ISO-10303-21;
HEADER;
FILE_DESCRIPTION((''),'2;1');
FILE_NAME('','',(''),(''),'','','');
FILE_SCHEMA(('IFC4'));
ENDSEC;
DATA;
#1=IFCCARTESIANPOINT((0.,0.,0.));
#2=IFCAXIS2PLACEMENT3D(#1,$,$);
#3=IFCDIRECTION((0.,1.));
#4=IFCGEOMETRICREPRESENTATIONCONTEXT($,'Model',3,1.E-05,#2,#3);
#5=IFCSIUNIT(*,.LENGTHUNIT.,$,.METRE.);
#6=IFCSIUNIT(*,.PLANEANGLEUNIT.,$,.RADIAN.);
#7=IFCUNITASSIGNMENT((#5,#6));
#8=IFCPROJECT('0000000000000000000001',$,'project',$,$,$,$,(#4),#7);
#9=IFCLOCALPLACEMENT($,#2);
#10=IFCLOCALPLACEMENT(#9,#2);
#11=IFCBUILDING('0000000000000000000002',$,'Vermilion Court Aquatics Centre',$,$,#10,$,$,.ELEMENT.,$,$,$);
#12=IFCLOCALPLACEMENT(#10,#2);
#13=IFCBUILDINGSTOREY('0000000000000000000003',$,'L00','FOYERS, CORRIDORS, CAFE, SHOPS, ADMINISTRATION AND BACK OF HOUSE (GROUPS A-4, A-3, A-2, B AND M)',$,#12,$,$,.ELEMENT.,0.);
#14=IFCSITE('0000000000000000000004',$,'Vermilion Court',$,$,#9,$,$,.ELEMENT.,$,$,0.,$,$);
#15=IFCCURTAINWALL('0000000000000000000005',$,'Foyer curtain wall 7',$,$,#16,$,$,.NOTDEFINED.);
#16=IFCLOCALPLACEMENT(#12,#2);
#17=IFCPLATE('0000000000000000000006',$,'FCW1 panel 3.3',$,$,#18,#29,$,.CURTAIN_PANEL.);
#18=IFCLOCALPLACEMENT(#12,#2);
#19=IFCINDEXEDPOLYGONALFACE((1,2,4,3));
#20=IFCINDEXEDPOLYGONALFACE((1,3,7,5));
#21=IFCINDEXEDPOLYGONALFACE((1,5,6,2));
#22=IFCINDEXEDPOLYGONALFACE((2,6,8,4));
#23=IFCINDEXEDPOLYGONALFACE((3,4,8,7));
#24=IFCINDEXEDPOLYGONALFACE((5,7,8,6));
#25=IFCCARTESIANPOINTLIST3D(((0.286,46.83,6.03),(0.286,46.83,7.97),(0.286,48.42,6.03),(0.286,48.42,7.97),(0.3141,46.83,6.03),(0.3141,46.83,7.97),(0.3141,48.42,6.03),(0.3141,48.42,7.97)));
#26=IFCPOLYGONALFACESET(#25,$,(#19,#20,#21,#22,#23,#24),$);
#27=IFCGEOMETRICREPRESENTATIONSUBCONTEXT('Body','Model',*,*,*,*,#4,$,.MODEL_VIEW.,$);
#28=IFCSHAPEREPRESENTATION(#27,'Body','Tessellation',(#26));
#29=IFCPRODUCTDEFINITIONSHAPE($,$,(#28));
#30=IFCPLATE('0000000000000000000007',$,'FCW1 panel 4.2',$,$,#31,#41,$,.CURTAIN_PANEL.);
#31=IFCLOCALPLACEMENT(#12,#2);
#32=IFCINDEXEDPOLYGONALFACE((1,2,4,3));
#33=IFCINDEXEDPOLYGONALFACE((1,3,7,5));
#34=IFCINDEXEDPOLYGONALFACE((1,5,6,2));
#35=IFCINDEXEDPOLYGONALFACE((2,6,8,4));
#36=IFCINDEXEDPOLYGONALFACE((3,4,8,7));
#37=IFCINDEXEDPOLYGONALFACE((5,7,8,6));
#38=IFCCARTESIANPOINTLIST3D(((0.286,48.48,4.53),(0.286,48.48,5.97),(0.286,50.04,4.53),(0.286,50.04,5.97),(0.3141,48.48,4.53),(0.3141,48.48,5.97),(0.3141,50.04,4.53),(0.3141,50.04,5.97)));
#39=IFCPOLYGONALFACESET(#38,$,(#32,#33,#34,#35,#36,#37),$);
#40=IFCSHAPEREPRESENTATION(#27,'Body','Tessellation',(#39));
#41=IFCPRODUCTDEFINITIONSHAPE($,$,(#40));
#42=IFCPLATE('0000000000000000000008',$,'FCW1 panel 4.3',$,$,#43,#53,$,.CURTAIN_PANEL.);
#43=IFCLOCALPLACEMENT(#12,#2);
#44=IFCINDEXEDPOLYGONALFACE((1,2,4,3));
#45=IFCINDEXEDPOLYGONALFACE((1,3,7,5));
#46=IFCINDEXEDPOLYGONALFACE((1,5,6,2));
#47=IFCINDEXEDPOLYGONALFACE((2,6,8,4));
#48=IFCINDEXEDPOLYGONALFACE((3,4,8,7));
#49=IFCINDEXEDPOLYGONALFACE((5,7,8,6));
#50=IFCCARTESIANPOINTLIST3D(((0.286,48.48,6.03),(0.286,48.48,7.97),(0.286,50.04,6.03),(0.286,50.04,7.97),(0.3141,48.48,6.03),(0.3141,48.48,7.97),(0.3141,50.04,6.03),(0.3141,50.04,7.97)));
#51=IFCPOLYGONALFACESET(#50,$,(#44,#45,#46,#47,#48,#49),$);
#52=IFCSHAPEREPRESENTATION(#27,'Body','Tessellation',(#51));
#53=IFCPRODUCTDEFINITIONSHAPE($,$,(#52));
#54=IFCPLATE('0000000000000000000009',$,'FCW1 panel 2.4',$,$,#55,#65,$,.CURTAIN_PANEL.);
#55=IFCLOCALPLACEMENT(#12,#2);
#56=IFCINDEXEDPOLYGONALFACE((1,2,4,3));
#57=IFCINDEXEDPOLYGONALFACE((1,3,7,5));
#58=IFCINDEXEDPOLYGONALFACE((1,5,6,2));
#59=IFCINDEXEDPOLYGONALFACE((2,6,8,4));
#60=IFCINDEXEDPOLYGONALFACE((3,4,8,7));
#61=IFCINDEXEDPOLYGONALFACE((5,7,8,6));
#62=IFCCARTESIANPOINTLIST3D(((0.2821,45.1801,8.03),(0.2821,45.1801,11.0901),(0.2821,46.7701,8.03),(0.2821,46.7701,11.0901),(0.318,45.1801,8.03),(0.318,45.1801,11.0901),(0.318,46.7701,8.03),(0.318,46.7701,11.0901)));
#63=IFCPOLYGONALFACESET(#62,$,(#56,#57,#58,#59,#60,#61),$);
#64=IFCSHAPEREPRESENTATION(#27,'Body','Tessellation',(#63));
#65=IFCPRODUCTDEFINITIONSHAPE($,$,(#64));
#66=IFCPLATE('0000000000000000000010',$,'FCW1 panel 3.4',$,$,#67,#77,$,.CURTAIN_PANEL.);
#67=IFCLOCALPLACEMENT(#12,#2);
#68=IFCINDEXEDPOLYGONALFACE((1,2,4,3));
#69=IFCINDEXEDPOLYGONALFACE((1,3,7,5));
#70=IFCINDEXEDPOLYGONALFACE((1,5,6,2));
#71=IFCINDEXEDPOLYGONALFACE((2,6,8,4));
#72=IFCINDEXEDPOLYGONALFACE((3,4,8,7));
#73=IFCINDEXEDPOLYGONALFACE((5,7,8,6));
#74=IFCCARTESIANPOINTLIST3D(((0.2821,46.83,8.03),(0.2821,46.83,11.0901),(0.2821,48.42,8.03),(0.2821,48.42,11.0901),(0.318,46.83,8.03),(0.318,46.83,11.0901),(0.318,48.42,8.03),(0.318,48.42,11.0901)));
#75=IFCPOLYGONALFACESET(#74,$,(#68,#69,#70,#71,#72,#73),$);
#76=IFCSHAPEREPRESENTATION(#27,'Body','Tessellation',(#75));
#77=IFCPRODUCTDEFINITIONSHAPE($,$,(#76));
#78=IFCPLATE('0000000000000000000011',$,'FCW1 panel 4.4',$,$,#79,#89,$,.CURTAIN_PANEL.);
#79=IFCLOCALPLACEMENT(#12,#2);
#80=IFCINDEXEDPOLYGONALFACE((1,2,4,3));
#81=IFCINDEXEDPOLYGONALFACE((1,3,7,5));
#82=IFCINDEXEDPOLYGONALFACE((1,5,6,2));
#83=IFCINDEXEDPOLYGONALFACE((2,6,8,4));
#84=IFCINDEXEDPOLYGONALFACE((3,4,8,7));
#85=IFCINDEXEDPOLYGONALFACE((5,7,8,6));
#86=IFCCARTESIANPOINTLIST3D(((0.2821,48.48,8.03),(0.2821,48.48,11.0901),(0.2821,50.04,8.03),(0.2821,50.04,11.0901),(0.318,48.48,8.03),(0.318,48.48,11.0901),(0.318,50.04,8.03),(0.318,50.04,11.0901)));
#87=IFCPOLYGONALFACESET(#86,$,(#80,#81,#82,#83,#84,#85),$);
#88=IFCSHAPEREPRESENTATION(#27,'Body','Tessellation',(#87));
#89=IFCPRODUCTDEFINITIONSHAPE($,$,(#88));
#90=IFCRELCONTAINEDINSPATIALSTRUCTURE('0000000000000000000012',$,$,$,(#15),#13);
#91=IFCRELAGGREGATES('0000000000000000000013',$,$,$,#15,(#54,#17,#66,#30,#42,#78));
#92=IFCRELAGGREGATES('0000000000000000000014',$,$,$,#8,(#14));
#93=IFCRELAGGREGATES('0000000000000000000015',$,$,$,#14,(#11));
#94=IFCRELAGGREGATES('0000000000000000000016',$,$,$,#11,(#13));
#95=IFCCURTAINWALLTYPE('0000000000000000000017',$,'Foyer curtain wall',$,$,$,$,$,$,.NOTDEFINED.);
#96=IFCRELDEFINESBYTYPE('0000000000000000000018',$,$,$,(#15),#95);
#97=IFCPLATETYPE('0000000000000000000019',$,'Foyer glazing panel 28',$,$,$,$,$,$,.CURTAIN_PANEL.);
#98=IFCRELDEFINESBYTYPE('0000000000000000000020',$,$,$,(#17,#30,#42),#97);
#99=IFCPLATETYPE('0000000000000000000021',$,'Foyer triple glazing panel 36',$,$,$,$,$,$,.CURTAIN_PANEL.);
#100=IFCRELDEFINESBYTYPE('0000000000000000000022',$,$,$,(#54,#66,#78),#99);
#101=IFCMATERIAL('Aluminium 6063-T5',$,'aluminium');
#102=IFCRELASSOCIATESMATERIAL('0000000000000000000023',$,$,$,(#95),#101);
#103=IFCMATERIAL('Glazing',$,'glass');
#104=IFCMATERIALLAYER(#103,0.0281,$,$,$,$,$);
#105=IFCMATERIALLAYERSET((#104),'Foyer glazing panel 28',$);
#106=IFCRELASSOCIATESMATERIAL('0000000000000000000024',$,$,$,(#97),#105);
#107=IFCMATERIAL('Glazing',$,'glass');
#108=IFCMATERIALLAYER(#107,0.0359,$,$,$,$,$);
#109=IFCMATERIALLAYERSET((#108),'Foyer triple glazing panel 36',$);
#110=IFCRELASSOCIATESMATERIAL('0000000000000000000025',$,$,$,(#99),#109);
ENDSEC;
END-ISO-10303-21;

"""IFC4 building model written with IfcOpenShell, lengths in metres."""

from ifc_helpers import new_model, si_unit, direction, frame, origin, origin_2d, place, context, subcontext, project, spatial, rectangle, extrude, material, layer, layer_set, type_object, element, aggregate, save


model = new_model("IFC4")

# Units and contexts
model_context = context("Model", 3, precision=1e-05, world=origin(), true_north=direction((0.0, 1.0)))
body_context = subcontext(model_context, "Body", "Model", "MODEL_VIEW")
ifc_project = project(units=[si_unit("LENGTHUNIT", "METRE"), si_unit("PLANEANGLEUNIT", "RADIAN")], contexts=[model_context])

# Site, building, storey
site_placement = place(None, origin())
site = spatial("IfcSite", under=ifc_project, at=site_placement, Name="Vermilion Court", CompositionType="ELEMENT", RefElevation=0.0)
building_placement = place(site_placement, origin())
building = spatial("IfcBuilding", under=site, at=building_placement, Name="Vermilion Court Aquatics Centre", CompositionType="ELEMENT")
storey_placement = place(building_placement, origin())
storey = spatial("IfcBuildingStorey", under=building, at=storey_placement, Name="L00", Description="FOYERS, CORRIDORS, CAFE, SHOPS, ADMINISTRATION AND BACK OF HOUSE (GROUPS A-4, A-3, A-2, B AND M)", CompositionType="ELEMENT", Elevation=0.0)

# Curtain wall, plates
ifc_material_1 = material(Name="Aluminium 6063-T5", Category="aluminium")
curtain_wall_type = type_object("IfcCurtainWallType", Name="Foyer curtain wall", PredefinedType="NOTDEFINED", material=ifc_material_1)
curtain_wall_placement = place(storey_placement, origin())
curtain_wall = element("IfcCurtainWall", 1, at=curtain_wall_placement, inside=storey, type_object=curtain_wall_type, Name="Foyer curtain wall 7", PredefinedType="NOTDEFINED")
ifc_material_2 = material(Name="Glazing", Category="glass")
ifc_layer_1 = layer(ifc_material_2, 0.0281)
ifc_layer_set_1 = layer_set([ifc_layer_1], Name="Foyer glazing panel 28")
plate_type_1 = type_object("IfcPlateType", Name="Foyer glazing panel 28", PredefinedType="CURTAIN_PANEL", material=ifc_layer_set_1)
plate_1_placement = place(storey_placement, frame((0.3, 47.625, 6.03), z_axis=(0.0, 0.0, 1.0), x_axis=(0.0, 1.0, 0.0)))
plate_1 = element("IfcPlate", 2, at=plate_1_placement, type_object=plate_type_1, Name="FCW1 panel 3.3", PredefinedType="CURTAIN_PANEL", context=body_context, shape_type="SweptSolid", body=[
    extrude(rectangle(XDim=1.5901, YDim=0.0281, at=origin_2d()), origin(), (0.0, 0.0, 1.0), 1.9399),
])
plate_2_placement = place(storey_placement, frame((0.3, 49.26, 4.53), z_axis=(0.0, 0.0, 1.0), x_axis=(0.0, 1.0, 0.0)))
plate_2 = element("IfcPlate", 3, at=plate_2_placement, type_object=plate_type_1, Name="FCW1 panel 4.2", PredefinedType="CURTAIN_PANEL", context=body_context, shape_type="SweptSolid", body=[
    extrude(rectangle(XDim=1.5601, YDim=0.0281, at=origin_2d()), origin(), (0.0, 0.0, 1.0), 1.4399),
])
plate_3_placement = place(storey_placement, frame((0.3, 49.26, 6.03), z_axis=(0.0, 0.0, 1.0), x_axis=(0.0, 1.0, 0.0)))
plate_3 = element("IfcPlate", 4, at=plate_3_placement, type_object=plate_type_1, Name="FCW1 panel 4.3", PredefinedType="CURTAIN_PANEL", context=body_context, shape_type="SweptSolid", body=[
    extrude(rectangle(XDim=1.5601, YDim=0.0281, at=origin_2d()), origin(), (0.0, 0.0, 1.0), 1.9399),
])
ifc_material_3 = material(Name="Glazing", Category="glass")
ifc_layer_2 = layer(ifc_material_3, 0.0359)
ifc_layer_set_2 = layer_set([ifc_layer_2], Name="Foyer triple glazing panel 36")
plate_type_2 = type_object("IfcPlateType", Name="Foyer triple glazing panel 36", PredefinedType="CURTAIN_PANEL", material=ifc_layer_set_2)
plate_4_placement = place(storey_placement, frame((0.3, 45.9751, 8.03), z_axis=(0.0, 0.0, 1.0), x_axis=(0.0, 1.0, 0.0)))
plate_4 = element("IfcPlate", 5, at=plate_4_placement, type_object=plate_type_2, Name="FCW1 panel 2.4", PredefinedType="CURTAIN_PANEL", context=body_context, shape_type="SweptSolid", body=[
    extrude(rectangle(XDim=1.5901, YDim=0.0359, at=origin_2d()), origin(), (0.0, 0.0, 1.0), 3.0601),
])
plate_5_placement = place(storey_placement, frame((0.3, 47.625, 8.03), z_axis=(0.0, 0.0, 1.0), x_axis=(0.0, 1.0, 0.0)))
plate_5 = element("IfcPlate", 6, at=plate_5_placement, type_object=plate_type_2, Name="FCW1 panel 3.4", PredefinedType="CURTAIN_PANEL", context=body_context, shape_type="SweptSolid", body=[
    extrude(rectangle(XDim=1.5901, YDim=0.0359, at=origin_2d()), origin(), (0.0, 0.0, 1.0), 3.0601),
])
plate_6_placement = place(storey_placement, frame((0.3, 49.26, 8.03), z_axis=(0.0, 0.0, 1.0), x_axis=(0.0, 1.0, 0.0)))
plate_6 = element("IfcPlate", 7, at=plate_6_placement, type_object=plate_type_2, Name="FCW1 panel 4.4", PredefinedType="CURTAIN_PANEL", context=body_context, shape_type="SweptSolid", body=[
    extrude(rectangle(XDim=1.5601, YDim=0.0359, at=origin_2d()), origin(), (0.0, 0.0, 1.0), 3.0601),
])
aggregate(curtain_wall, [plate_4, plate_1, plate_5, plate_2, plate_3, plate_6])

save(model, "model.ifc")
